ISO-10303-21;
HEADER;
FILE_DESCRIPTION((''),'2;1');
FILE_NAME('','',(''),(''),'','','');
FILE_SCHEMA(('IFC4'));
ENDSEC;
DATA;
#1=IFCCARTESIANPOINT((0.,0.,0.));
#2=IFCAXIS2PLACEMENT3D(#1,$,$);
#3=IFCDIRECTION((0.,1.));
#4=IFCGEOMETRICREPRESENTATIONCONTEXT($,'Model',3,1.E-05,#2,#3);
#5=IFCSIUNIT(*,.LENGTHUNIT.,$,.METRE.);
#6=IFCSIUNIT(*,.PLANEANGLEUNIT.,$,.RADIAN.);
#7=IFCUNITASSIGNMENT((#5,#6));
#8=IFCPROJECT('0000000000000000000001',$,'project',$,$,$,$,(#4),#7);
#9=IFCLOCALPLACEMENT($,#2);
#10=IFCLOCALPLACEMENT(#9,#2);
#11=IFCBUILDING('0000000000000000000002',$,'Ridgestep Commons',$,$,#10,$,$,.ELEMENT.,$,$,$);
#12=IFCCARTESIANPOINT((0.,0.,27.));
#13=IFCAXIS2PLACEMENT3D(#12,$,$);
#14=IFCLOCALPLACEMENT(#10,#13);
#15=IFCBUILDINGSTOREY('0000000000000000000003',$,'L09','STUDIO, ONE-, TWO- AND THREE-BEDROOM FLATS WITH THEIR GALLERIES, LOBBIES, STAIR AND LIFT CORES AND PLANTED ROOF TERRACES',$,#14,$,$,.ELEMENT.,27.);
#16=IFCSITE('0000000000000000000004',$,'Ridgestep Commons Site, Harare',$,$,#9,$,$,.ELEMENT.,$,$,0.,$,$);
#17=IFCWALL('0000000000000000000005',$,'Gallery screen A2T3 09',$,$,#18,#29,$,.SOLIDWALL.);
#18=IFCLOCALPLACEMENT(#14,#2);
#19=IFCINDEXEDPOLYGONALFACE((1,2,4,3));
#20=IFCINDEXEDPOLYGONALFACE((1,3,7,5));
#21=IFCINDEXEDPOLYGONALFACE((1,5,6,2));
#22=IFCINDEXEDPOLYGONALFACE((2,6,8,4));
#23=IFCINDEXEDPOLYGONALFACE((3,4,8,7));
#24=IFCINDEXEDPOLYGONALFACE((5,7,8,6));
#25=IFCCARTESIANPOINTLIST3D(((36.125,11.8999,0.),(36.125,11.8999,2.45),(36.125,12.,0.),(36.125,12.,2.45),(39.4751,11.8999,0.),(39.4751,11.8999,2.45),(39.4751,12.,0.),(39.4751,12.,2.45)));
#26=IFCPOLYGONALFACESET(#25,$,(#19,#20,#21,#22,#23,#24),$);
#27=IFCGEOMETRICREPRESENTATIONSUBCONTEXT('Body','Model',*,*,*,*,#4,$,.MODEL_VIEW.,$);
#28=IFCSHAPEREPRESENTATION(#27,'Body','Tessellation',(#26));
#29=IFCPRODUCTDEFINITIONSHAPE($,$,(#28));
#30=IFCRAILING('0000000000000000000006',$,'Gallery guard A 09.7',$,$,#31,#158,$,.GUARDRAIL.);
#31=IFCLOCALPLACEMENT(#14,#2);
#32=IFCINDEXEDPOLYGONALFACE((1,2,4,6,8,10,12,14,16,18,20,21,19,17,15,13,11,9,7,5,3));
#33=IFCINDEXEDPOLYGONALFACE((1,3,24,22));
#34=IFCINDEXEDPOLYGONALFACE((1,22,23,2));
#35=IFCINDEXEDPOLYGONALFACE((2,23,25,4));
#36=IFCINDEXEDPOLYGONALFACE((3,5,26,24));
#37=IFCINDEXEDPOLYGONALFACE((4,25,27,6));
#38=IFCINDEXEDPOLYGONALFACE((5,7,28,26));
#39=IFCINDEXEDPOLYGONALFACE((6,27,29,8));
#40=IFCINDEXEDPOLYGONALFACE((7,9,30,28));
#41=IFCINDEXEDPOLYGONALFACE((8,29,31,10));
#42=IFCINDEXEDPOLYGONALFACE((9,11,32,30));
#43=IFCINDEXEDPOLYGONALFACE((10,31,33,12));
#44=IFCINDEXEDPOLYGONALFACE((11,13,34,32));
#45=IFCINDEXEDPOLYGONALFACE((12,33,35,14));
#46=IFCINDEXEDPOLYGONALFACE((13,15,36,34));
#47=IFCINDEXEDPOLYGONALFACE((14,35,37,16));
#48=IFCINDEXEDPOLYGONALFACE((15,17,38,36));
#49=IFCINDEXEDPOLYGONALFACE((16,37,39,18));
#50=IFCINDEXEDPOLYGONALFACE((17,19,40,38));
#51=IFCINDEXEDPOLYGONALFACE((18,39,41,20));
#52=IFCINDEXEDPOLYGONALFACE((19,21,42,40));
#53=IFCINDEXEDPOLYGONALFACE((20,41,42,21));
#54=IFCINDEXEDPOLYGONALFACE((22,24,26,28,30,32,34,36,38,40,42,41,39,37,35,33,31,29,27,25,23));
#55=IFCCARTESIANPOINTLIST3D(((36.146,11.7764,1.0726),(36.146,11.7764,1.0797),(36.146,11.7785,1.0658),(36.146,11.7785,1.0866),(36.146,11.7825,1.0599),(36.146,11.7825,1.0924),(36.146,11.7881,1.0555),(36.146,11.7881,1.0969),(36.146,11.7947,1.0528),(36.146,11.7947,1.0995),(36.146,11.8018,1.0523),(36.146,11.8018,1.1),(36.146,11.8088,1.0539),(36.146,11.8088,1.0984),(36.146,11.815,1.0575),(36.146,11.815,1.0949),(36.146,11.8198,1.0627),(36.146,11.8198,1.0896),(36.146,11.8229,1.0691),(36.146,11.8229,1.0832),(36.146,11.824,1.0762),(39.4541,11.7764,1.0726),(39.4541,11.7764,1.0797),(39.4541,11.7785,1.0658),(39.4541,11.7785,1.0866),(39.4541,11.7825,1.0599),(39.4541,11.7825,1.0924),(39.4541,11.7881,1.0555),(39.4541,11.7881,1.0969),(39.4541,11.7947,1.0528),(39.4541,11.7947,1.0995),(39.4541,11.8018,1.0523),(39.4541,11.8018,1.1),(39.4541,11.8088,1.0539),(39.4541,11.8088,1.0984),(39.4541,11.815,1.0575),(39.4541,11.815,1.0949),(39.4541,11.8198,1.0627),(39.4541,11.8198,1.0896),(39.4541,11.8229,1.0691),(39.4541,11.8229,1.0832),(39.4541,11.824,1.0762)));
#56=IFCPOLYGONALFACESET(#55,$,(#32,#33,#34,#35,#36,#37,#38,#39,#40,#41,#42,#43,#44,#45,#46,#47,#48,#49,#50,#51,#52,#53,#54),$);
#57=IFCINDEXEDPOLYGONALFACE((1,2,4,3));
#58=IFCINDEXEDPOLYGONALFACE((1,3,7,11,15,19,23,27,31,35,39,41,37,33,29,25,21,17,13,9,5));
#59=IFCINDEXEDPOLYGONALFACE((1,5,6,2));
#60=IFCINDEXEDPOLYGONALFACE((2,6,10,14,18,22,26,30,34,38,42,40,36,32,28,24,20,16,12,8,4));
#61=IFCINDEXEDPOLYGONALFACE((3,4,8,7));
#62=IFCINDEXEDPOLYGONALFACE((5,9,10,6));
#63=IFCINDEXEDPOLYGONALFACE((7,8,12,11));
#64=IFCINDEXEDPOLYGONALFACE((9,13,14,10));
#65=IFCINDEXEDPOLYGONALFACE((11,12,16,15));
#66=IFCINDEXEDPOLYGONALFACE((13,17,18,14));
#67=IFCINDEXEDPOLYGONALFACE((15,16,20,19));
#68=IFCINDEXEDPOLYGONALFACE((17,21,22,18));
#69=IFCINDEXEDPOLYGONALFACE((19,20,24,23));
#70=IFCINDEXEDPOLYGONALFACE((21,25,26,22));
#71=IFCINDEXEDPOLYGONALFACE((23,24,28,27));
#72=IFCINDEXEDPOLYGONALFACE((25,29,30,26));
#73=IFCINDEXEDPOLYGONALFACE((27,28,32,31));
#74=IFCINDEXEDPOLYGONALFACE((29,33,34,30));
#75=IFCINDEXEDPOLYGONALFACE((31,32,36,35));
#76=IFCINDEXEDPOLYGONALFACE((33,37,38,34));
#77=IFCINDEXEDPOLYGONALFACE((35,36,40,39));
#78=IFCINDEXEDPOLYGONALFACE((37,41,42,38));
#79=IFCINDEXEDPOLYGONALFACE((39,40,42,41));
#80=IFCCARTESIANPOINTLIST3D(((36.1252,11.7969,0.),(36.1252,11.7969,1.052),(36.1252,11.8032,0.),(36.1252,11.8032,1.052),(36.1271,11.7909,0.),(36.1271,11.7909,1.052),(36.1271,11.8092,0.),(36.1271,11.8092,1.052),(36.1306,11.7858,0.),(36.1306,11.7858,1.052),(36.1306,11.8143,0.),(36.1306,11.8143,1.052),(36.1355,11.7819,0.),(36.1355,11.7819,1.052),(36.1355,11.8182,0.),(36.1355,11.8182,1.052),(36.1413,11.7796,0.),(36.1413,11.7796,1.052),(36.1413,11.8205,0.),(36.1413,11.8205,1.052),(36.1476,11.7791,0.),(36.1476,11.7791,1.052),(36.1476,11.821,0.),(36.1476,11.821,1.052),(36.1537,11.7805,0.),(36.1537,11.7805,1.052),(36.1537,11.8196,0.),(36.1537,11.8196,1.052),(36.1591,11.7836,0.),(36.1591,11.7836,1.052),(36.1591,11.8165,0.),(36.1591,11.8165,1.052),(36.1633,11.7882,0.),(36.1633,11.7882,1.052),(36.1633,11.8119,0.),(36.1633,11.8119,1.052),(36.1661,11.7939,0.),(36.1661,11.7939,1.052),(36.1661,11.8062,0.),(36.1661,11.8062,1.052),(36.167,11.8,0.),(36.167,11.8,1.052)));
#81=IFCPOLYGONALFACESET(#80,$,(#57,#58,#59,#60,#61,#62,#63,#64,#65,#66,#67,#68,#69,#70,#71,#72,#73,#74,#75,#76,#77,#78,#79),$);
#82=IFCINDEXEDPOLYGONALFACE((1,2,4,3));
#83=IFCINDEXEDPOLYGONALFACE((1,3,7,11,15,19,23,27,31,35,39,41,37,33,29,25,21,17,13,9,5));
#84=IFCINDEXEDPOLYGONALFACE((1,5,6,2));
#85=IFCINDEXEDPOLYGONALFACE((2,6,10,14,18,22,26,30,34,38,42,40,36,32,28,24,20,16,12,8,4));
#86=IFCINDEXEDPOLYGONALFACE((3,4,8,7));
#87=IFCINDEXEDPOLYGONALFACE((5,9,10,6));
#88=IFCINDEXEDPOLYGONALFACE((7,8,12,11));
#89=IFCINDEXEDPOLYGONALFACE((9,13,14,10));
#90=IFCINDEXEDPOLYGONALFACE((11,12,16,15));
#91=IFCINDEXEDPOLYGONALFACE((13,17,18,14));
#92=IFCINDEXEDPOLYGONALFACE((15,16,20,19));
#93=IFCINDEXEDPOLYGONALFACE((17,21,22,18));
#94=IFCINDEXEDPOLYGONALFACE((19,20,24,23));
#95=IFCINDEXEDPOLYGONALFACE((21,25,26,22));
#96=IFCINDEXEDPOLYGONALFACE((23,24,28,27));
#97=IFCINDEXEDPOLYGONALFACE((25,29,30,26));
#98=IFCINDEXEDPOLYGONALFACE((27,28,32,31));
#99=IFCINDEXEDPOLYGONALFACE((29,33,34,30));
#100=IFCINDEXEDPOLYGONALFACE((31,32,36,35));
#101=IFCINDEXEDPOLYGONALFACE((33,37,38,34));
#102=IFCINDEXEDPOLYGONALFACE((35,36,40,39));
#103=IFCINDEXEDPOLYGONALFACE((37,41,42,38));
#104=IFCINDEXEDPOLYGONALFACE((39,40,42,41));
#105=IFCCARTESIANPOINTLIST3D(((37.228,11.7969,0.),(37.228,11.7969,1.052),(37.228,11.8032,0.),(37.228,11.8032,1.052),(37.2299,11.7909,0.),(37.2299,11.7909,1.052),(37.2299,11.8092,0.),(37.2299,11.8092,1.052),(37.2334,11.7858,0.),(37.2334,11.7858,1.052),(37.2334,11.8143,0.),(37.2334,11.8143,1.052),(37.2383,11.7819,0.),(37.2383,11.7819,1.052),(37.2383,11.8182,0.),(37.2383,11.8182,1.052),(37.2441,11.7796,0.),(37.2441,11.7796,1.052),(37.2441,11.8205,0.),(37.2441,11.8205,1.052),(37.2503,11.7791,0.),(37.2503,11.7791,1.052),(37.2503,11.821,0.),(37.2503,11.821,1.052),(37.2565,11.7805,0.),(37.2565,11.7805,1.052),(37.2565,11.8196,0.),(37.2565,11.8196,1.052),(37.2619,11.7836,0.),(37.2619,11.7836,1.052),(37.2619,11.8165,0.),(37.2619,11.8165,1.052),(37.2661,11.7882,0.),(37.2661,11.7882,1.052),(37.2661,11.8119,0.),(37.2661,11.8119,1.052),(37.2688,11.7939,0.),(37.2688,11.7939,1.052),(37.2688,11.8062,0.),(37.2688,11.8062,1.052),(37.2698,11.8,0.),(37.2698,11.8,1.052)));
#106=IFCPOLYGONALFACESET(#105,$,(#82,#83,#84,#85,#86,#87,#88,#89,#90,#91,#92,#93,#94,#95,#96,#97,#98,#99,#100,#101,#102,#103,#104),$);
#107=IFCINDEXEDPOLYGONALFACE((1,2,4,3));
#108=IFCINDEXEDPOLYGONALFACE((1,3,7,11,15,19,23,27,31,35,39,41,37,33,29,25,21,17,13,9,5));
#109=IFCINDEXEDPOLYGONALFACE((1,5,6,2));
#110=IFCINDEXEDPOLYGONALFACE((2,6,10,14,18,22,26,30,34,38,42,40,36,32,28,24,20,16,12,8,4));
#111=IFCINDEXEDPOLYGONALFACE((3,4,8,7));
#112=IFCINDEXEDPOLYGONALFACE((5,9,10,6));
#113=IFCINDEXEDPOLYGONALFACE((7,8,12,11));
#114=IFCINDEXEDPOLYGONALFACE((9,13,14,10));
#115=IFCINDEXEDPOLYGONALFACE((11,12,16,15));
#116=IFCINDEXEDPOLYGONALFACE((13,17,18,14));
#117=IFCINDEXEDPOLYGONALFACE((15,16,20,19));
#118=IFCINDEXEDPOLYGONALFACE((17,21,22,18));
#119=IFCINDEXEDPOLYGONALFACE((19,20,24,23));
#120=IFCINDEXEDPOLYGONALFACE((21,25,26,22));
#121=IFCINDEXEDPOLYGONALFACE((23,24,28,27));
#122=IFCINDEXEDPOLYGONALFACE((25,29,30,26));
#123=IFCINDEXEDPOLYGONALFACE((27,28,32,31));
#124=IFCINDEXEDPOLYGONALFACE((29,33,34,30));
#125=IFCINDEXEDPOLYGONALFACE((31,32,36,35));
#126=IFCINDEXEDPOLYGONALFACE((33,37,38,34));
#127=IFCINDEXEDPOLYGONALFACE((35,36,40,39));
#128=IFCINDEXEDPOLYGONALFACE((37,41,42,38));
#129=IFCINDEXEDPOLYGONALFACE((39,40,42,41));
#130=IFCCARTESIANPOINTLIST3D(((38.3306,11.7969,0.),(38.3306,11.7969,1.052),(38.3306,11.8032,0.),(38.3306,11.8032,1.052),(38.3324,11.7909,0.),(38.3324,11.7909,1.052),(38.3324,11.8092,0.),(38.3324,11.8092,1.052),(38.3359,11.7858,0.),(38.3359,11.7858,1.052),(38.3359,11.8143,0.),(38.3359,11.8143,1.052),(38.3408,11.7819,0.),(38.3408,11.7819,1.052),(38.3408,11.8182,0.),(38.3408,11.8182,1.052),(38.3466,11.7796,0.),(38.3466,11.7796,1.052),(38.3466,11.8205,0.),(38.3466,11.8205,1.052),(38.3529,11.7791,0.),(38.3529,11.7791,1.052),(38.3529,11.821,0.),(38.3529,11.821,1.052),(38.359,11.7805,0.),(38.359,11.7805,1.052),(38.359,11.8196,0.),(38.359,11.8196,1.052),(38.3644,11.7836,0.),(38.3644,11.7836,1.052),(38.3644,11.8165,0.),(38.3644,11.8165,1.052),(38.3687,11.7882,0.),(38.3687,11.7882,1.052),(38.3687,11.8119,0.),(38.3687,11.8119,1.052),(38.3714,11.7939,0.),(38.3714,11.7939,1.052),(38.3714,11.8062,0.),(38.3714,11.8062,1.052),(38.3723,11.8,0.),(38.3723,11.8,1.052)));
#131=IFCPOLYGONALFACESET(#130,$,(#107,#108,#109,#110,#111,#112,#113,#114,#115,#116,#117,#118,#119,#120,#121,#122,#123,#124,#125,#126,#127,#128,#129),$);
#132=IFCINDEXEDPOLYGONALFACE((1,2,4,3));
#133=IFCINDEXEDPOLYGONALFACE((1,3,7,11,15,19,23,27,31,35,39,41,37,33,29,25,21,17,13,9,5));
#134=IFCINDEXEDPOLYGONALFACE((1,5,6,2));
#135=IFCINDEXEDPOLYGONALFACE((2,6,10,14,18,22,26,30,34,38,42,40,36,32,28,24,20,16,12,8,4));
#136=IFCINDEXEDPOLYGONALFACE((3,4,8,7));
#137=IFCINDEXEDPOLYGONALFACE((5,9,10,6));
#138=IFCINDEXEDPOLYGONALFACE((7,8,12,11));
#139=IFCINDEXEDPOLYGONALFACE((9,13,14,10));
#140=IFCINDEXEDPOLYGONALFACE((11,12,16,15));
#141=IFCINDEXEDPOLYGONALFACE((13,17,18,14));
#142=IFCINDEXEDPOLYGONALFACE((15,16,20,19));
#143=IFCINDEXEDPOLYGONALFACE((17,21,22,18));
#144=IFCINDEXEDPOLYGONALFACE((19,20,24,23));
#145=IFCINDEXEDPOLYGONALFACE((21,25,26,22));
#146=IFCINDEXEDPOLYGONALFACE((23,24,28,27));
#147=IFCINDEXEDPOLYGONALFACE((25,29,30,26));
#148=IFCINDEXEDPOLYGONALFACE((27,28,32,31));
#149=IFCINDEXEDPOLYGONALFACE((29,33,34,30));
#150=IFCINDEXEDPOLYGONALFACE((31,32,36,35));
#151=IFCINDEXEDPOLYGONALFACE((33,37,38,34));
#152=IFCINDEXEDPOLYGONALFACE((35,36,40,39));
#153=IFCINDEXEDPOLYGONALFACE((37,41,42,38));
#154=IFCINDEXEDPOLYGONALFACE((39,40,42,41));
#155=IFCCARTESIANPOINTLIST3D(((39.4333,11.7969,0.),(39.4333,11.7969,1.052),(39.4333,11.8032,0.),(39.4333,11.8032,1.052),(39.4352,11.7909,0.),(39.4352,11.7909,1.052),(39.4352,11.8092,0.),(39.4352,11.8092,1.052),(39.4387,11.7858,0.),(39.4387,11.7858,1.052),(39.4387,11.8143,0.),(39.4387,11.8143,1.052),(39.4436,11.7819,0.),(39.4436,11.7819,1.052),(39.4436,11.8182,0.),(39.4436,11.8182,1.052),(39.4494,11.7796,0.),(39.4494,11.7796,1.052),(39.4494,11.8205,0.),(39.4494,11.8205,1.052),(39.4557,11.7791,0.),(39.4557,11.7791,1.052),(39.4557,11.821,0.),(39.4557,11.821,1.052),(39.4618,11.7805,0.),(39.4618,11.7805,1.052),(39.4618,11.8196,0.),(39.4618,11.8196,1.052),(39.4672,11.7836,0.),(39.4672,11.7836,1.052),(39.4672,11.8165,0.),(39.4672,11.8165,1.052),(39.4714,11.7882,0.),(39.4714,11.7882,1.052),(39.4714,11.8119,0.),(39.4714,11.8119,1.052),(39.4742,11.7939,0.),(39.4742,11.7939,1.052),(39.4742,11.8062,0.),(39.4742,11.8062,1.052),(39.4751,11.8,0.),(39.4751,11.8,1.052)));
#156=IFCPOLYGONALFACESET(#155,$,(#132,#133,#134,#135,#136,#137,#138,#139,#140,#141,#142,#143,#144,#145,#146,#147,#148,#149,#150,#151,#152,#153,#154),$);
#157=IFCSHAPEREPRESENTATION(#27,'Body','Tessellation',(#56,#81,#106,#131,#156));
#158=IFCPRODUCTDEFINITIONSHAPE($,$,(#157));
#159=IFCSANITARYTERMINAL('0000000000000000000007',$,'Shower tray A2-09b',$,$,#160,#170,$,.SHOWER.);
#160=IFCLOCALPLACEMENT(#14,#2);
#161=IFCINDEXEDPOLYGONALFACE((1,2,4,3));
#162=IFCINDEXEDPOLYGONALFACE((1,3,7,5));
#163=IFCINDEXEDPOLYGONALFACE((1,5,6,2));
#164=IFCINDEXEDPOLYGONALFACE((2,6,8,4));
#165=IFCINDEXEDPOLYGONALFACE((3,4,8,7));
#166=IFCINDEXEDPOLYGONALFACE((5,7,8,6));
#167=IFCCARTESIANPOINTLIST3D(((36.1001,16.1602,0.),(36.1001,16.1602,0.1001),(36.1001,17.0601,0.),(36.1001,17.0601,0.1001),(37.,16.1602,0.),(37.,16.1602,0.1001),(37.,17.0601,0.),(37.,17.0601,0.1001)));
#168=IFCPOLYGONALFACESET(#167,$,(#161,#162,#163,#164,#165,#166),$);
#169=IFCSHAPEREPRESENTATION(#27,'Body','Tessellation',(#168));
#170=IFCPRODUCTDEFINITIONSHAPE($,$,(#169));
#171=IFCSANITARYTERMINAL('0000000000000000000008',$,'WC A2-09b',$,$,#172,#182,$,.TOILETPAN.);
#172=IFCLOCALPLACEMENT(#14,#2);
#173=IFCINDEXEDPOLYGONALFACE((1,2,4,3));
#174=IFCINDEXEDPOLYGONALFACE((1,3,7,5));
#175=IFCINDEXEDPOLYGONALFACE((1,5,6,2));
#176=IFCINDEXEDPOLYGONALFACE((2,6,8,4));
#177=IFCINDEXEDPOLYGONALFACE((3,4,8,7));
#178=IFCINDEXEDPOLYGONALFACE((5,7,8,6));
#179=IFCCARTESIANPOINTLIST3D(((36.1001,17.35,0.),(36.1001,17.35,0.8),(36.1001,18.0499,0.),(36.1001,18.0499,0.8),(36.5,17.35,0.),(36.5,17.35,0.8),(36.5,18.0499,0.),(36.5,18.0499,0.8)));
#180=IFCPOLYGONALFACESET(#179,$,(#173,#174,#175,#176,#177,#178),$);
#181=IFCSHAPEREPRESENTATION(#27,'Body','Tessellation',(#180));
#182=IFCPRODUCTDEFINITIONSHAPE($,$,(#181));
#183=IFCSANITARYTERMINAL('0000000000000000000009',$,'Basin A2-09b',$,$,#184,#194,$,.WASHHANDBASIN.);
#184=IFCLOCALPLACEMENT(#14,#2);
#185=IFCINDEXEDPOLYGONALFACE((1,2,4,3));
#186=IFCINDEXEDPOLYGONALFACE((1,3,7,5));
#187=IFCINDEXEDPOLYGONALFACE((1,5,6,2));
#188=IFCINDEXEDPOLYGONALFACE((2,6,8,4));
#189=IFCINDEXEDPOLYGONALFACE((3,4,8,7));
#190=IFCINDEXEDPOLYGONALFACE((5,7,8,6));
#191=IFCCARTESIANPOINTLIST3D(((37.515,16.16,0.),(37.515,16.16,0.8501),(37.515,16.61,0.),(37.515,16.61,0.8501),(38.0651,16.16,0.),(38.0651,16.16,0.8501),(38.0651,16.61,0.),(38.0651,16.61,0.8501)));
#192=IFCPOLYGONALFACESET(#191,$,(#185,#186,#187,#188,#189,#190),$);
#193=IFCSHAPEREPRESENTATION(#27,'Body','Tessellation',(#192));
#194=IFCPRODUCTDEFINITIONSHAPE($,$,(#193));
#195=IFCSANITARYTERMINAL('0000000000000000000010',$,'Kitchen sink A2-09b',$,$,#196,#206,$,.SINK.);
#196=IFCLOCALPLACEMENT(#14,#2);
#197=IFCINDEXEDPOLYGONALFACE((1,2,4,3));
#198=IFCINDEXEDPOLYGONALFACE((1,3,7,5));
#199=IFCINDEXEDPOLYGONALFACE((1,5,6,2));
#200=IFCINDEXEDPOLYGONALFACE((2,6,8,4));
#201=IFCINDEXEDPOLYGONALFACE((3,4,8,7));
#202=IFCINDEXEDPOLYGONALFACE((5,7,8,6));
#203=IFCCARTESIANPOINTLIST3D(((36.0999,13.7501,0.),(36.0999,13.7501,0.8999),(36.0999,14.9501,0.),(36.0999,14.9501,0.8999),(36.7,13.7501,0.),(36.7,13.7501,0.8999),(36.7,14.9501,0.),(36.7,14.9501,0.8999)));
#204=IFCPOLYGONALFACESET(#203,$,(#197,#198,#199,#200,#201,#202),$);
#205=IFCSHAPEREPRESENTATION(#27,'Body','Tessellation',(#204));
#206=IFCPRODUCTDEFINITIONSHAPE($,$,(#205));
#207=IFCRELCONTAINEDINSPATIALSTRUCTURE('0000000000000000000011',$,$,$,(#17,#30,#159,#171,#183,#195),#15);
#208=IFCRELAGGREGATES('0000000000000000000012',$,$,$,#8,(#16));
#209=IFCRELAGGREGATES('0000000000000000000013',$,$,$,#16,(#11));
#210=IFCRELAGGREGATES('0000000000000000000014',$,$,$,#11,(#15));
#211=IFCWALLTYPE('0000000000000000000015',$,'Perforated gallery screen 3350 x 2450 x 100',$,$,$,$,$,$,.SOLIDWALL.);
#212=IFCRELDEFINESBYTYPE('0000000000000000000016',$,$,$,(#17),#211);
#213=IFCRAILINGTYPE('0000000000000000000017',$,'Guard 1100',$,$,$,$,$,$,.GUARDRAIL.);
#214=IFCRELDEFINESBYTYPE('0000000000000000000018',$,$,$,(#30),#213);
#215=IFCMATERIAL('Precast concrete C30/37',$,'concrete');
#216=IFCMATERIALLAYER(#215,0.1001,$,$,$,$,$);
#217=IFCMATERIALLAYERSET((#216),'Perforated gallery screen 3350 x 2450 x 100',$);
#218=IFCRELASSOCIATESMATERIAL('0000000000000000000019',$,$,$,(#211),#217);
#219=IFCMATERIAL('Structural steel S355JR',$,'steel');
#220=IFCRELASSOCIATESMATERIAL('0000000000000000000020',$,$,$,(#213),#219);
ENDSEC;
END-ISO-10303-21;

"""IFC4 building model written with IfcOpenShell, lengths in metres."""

from ifc_helpers import new_model, si_unit, direction, frame, frame_2d, origin, origin_2d, place, context, subcontext, project, spatial, rectangle, circle, extrude, material, layer, layer_set, type_object, element, save


model = new_model("IFC4")

# Units and contexts
model_context = context("Model", 3, precision=1e-05, world=origin(), true_north=direction((0.0, 1.0)))
body_context = subcontext(model_context, "Body", "Model", "MODEL_VIEW")
ifc_project = project(units=[si_unit("LENGTHUNIT", "METRE"), si_unit("PLANEANGLEUNIT", "RADIAN")], contexts=[model_context])

# Site, building, storey
site_placement = place(None, origin())
site = spatial("IfcSite", under=ifc_project, at=site_placement, Name="Ridgestep Commons Site, Harare", CompositionType="ELEMENT", RefElevation=0.0)
building_placement = place(site_placement, origin())
building = spatial("IfcBuilding", under=site, at=building_placement, Name="Ridgestep Commons", CompositionType="ELEMENT")
storey_placement = place(building_placement, frame((0.0, 0.0, 27.0)))
storey = spatial("IfcBuildingStorey", under=building, at=storey_placement, Name="L09", Description="STUDIO, ONE-, TWO- AND THREE-BEDROOM FLATS WITH THEIR GALLERIES, LOBBIES, STAIR AND LIFT CORES AND PLANTED ROOF TERRACES", CompositionType="ELEMENT", Elevation=27.0)

# Wall
ifc_material_1 = material(Name="Precast concrete C30/37", Category="concrete")
ifc_layer_1 = layer(ifc_material_1, 0.1001)
ifc_layer_set_1 = layer_set([ifc_layer_1], Name="Perforated gallery screen 3350 x 2450 x 100")
wall_type_1 = type_object("IfcWallType", Name="Perforated gallery screen 3350 x 2450 x 100", PredefinedType="SOLIDWALL", material=ifc_layer_set_1)
wall_1_placement = place(storey_placement, frame((36.125, 11.95, 0.0), z_axis=(0.0, 0.0, 1.0), x_axis=(1.0, 0.0, 0.0)))
element("IfcWall", 1, at=wall_1_placement, inside=storey, type_object=wall_type_1, Name="Gallery screen A2T3 09", PredefinedType="SOLIDWALL", context=body_context, shape_type="SweptSolid", body=[
    extrude(rectangle(XDim=3.3501, YDim=0.1001, at=frame_2d((1.675, 0.0))), origin(), (0.0, 0.0, 1.0), 2.45),
])

# Railing
ifc_material_2 = material(Name="Structural steel S355JR", Category="steel")
railing_type = type_object("IfcRailingType", Name="Guard 1100", PredefinedType="GUARDRAIL", material=ifc_material_2)
railing_placement = place(storey_placement, frame((36.146, 11.8, 0.0)))
element("IfcRailing", 2, at=railing_placement, inside=storey, type_object=railing_type, Name="Gallery guard A 09.7", PredefinedType="GUARDRAIL", context=body_context, shape_type="SweptSolid", body=[
    extrude(circle(Radius=0.0239, at=origin_2d()), frame((0.0, 0.0, 1.0762), z_axis=(1.0, 0.0, 0.0), x_axis=(0.0, 1.0, 0.0)), (0.0, 0.0, 1.0), 3.3081),
    extrude(circle(Radius=0.021, at=origin_2d()), origin(), (0.0, 0.0, 1.0), 1.052),
    extrude(circle(Radius=0.021, at=origin_2d()), frame((1.1028, 0.0, 0.0)), (0.0, 0.0, 1.0), 1.052),
    extrude(circle(Radius=0.021, at=origin_2d()), frame((2.2053, 0.0, 0.0)), (0.0, 0.0, 1.0), 1.052),
    extrude(circle(Radius=0.021, at=origin_2d()), frame((3.3081, 0.0, 0.0)), (0.0, 0.0, 1.0), 1.052),
])

# Sanitary terminals
sanitary_terminal_1_placement = place(storey_placement, frame((36.55, 16.6101, 0.0), z_axis=(0.0, 0.0, 1.0), x_axis=(1.0, 0.0, 0.0)))
element("IfcSanitaryTerminal", 3, at=sanitary_terminal_1_placement, inside=storey, Name="Shower tray A2-09b", PredefinedType="SHOWER", context=body_context, shape_type="SweptSolid", body=[
    extrude(rectangle(XDim=0.8999, YDim=0.8999, at=origin_2d()), origin(), (0.0, 0.0, 1.0), 0.1001),
])
sanitary_terminal_2_placement = place(storey_placement, frame((36.3, 17.7, 0.0), z_axis=(0.0, 0.0, 1.0), x_axis=(1.0, 0.0, 0.0)))
element("IfcSanitaryTerminal", 4, at=sanitary_terminal_2_placement, inside=storey, Name="WC A2-09b", PredefinedType="TOILETPAN", context=body_context, shape_type="SweptSolid", body=[
    extrude(rectangle(XDim=0.3999, YDim=0.7, at=origin_2d()), origin(), (0.0, 0.0, 1.0), 0.8),
])
sanitary_terminal_3_placement = place(storey_placement, frame((37.79, 16.385, 0.0), z_axis=(0.0, 0.0, 1.0), x_axis=(1.0, 0.0, 0.0)))
element("IfcSanitaryTerminal", 5, at=sanitary_terminal_3_placement, inside=storey, Name="Basin A2-09b", PredefinedType="WASHHANDBASIN", context=body_context, shape_type="SweptSolid", body=[
    extrude(rectangle(XDim=0.55, YDim=0.45, at=origin_2d()), origin(), (0.0, 0.0, 1.0), 0.8501),
])
sanitary_terminal_4_placement = place(storey_placement, frame((36.3999, 14.3501, 0.0), z_axis=(0.0, 0.0, 1.0), x_axis=(1.0, 0.0, 0.0)))
element("IfcSanitaryTerminal", 6, at=sanitary_terminal_4_placement, inside=storey, Name="Kitchen sink A2-09b", PredefinedType="SINK", context=body_context, shape_type="SweptSolid", body=[
    extrude(rectangle(XDim=0.6001, YDim=1.2, at=origin_2d()), origin(), (0.0, 0.0, 1.0), 0.8999),
])

save(model, "model.ifc")
